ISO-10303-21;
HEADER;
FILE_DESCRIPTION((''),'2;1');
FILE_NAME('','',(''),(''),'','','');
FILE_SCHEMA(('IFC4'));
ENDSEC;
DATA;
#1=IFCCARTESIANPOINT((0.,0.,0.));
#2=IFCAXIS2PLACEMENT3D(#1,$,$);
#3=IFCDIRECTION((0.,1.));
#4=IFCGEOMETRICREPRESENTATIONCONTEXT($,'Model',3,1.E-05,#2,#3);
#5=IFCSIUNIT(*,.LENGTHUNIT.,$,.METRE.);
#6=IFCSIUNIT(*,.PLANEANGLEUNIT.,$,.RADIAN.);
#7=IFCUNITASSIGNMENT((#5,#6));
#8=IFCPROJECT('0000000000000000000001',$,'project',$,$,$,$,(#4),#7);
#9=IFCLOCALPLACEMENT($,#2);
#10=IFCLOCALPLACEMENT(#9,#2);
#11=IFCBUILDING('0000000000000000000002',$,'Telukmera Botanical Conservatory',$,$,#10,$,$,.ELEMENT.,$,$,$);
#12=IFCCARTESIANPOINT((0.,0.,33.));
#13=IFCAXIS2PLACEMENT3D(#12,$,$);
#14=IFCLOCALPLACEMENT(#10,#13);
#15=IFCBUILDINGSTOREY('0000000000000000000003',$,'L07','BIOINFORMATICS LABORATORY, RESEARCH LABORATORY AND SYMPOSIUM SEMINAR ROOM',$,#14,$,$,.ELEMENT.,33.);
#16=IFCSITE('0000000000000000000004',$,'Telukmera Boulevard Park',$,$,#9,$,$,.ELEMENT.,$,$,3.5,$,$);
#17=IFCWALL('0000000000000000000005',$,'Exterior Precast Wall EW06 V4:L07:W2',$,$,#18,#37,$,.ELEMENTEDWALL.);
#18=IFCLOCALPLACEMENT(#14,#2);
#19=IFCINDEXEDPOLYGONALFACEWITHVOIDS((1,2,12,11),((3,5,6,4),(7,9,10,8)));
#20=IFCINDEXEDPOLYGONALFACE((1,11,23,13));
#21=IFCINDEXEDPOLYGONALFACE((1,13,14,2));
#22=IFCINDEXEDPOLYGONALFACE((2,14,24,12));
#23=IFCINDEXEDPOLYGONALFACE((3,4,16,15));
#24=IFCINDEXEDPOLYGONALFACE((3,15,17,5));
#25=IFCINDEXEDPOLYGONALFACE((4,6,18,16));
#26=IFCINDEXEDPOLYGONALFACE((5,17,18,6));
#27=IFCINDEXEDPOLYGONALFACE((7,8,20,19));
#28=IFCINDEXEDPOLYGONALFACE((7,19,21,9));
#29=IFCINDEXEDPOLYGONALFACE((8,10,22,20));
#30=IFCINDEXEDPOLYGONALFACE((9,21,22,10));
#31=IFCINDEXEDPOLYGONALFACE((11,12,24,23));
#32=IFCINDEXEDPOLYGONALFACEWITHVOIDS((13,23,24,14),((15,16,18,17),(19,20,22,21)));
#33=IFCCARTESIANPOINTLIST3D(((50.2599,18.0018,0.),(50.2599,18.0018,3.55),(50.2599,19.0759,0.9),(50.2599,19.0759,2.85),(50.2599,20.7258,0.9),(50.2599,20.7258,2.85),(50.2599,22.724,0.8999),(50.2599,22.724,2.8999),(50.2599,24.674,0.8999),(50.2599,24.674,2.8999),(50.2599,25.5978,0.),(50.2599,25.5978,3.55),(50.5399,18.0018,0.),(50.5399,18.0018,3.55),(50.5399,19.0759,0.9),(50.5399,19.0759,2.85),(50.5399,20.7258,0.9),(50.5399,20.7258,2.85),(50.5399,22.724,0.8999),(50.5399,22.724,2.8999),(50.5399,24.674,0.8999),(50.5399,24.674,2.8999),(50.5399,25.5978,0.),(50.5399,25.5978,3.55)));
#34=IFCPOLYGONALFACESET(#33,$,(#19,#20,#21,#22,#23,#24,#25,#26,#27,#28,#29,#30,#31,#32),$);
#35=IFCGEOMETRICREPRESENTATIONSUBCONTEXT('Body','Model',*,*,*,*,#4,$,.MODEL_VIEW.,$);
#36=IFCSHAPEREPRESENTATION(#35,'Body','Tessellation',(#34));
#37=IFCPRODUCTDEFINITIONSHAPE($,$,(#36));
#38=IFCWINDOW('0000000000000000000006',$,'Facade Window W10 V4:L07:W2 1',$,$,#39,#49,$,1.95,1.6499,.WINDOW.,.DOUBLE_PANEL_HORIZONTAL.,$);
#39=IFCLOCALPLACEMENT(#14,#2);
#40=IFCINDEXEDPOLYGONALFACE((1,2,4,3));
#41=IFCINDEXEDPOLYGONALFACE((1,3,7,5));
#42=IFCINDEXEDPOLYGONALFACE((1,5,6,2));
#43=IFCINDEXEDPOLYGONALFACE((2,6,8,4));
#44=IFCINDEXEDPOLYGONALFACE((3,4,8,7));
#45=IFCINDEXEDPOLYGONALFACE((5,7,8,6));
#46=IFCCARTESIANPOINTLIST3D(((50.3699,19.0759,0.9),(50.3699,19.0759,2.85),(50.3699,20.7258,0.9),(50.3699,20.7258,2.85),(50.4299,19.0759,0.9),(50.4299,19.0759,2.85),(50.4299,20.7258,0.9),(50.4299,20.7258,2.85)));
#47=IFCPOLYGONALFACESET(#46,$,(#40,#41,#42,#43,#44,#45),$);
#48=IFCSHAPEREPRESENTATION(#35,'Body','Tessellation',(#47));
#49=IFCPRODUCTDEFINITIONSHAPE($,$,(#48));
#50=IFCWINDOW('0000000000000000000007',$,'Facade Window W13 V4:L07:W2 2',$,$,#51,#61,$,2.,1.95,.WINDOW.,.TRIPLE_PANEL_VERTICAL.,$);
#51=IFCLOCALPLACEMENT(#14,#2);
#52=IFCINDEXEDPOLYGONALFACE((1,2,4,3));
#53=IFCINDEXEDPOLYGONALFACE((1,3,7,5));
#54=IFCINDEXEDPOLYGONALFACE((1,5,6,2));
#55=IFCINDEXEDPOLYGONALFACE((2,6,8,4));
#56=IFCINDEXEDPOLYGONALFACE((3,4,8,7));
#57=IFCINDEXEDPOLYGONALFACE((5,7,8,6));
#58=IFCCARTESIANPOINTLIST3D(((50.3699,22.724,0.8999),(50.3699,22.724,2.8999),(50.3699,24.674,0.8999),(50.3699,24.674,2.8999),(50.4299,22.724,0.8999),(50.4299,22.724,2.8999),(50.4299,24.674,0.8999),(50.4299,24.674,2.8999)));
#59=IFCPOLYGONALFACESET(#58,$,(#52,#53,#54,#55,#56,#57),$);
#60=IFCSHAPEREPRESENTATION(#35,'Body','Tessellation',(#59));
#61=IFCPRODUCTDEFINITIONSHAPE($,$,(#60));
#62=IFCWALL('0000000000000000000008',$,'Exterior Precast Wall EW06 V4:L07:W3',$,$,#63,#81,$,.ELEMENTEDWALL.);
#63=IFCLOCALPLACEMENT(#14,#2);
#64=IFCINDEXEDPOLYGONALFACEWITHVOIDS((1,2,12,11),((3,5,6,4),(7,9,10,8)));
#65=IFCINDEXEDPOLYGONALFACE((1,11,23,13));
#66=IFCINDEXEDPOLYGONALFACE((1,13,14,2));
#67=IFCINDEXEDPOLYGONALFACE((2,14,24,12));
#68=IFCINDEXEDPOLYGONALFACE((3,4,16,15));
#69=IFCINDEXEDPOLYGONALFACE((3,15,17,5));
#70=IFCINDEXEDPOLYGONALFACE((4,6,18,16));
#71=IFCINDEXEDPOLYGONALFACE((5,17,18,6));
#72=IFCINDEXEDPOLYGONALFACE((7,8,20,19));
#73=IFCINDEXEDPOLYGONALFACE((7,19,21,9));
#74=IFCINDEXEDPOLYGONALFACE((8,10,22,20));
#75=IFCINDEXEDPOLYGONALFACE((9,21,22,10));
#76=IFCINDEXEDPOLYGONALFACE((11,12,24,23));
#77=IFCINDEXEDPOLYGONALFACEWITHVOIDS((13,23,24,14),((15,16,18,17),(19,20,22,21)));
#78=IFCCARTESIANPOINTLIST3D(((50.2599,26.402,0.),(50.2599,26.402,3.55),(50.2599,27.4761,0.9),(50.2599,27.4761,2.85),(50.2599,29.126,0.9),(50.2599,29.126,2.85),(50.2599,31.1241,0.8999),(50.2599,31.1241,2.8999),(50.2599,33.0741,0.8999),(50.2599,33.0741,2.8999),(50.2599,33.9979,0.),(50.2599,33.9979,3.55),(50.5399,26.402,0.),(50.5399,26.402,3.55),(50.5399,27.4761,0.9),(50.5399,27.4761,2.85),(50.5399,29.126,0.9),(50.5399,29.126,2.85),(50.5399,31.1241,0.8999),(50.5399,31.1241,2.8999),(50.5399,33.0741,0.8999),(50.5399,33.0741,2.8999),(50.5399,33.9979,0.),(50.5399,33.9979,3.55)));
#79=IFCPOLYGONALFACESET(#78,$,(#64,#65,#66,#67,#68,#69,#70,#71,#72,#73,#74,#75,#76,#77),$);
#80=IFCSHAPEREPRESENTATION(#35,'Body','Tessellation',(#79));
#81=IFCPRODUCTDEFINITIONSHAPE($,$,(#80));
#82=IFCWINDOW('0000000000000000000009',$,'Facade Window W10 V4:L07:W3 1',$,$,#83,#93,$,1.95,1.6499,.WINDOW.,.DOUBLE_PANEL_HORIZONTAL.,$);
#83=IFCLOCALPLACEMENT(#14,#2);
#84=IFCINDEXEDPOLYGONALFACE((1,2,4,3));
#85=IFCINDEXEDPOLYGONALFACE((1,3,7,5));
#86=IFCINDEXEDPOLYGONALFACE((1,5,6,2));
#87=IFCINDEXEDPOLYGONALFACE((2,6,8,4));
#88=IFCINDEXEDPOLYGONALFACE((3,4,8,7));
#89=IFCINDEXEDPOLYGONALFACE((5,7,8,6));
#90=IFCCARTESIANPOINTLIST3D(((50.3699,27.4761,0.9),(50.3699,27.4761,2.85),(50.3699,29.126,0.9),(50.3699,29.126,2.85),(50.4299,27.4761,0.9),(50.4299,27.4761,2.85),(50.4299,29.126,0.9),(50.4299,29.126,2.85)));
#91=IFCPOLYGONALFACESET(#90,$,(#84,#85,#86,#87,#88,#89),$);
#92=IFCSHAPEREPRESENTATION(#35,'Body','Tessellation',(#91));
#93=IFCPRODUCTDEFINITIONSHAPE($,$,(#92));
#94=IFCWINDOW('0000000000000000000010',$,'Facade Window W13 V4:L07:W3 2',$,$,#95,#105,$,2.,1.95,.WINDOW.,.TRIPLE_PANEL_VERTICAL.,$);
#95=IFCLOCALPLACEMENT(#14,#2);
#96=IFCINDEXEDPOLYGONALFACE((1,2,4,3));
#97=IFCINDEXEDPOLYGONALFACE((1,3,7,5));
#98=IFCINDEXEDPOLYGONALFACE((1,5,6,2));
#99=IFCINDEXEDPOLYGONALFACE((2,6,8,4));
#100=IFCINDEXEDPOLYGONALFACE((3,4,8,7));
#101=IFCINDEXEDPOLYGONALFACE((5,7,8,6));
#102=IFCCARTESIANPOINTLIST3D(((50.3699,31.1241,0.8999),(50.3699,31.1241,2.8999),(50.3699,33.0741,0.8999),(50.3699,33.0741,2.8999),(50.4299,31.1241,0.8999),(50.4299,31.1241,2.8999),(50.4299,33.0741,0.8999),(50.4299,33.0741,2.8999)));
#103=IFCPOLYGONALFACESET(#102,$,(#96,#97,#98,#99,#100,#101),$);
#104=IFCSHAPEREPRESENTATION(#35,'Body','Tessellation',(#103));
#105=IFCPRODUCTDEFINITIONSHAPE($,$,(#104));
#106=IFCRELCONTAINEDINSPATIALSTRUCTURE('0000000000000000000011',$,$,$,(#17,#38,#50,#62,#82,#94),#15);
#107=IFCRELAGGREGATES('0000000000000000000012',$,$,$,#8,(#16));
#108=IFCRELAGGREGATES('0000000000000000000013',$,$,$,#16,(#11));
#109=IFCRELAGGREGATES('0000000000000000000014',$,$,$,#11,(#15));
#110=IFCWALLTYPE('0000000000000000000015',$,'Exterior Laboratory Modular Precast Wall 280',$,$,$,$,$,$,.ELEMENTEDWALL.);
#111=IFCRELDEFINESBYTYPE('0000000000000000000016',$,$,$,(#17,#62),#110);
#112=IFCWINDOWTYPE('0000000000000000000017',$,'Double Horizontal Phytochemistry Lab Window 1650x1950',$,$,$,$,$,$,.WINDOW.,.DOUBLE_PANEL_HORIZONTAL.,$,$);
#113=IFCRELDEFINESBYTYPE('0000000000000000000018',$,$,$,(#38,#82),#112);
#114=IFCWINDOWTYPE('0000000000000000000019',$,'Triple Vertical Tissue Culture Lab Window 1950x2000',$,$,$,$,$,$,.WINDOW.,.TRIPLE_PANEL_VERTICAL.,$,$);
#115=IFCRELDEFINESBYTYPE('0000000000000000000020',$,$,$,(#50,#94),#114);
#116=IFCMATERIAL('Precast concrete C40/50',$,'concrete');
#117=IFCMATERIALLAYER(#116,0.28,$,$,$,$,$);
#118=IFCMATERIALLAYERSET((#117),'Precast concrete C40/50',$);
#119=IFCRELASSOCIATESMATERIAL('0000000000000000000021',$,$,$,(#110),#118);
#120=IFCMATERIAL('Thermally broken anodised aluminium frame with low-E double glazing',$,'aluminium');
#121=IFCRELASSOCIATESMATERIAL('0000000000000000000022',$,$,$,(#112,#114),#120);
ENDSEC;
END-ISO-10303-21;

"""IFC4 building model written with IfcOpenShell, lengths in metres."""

from ifc_helpers import new_model, si_unit, direction, frame, frame_2d, origin, place, context, subcontext, project, spatial, rectangle, extrude, material, layer, layer_set, type_object, element, fill, save


model = new_model("IFC4")

# Units and contexts
model_context = context("Model", 3, precision=1e-05, world=origin(), true_north=direction((0.0, 1.0)))
body_context = subcontext(model_context, "Body", "Model", "MODEL_VIEW")
ifc_project = project(units=[si_unit("LENGTHUNIT", "METRE"), si_unit("PLANEANGLEUNIT", "RADIAN")], contexts=[model_context])

# Site, building, storey
site_placement = place(None, origin())
site = spatial("IfcSite", under=ifc_project, at=site_placement, Name="Telukmera Boulevard Park", CompositionType="ELEMENT", RefElevation=3.5)
building_placement = place(site_placement, origin())
building = spatial("IfcBuilding", under=site, at=building_placement, Name="Telukmera Botanical Conservatory", CompositionType="ELEMENT")
storey_placement = place(building_placement, frame((0.0, 0.0, 33.0)))
storey = spatial("IfcBuildingStorey", under=building, at=storey_placement, Name="L07", Description="BIOINFORMATICS LABORATORY, RESEARCH LABORATORY AND SYMPOSIUM SEMINAR ROOM", CompositionType="ELEMENT", Elevation=33.0)

# Shared definitions
ifc_material_1 = material(Name="Precast concrete C40/50", Category="concrete")

# Walls, openings, windows
ifc_layer_1 = layer(ifc_material_1, 0.28)
ifc_layer_set_1 = layer_set([ifc_layer_1], Name="Precast concrete C40/50")
wall_type = type_object("IfcWallType", Name="Exterior Laboratory Modular Precast Wall 280", PredefinedType="ELEMENTEDWALL", material=ifc_layer_set_1)
wall_1_placement = place(storey_placement, frame((50.3999, 18.002, 0.0), z_axis=(0.0, 0.0, 1.0), x_axis=(0.0, 1.0, 0.0)))
wall_1 = element("IfcWall", 1, at=wall_1_placement, inside=storey, type_object=wall_type, Name="Exterior Precast Wall EW06 V4:L07:W2", PredefinedType="ELEMENTEDWALL", context=body_context, shape_type="SweptSolid", body=[
    extrude(rectangle(XDim=7.5959, YDim=0.28, at=frame_2d((3.7979, 0.0))), origin(), (0.0, 0.0, 1.0), 3.55),
])
opening_1_placement = place(wall_1_placement, frame((1.074, 0.0, 0.8999)))
opening_1 = element("IfcOpeningElement", 2, at=opening_1_placement, cuts=wall_1, PredefinedType="OPENING", context=body_context, shape_type="SweptSolid", body=[
    extrude(rectangle(XDim=1.6499, YDim=1.95, at=frame_2d((0.825, 0.9751))), frame((0.0, 0.1499, 0.0), z_axis=(0.0, -1.0, 0.0), x_axis=(1.0, 0.0, 0.0)), (0.0, 0.0, 1.0), 0.3),
])
opening_2_placement = place(wall_1_placement, frame((4.7219, 0.0, 0.8999)))
opening_2 = element("IfcOpeningElement", 3, at=opening_2_placement, cuts=wall_1, PredefinedType="OPENING", context=body_context, shape_type="SweptSolid", body=[
    extrude(rectangle(XDim=1.95, YDim=2.0, at=frame_2d((0.9751, 1.0))), frame((0.0, 0.1499, 0.0), z_axis=(0.0, -1.0, 0.0), x_axis=(1.0, 0.0, 0.0)), (0.0, 0.0, 1.0), 0.3),
])
ifc_material_2 = material(Name="Thermally broken anodised aluminium frame with low-E double glazing", Category="aluminium")
window_type_1 = type_object("IfcWindowType", Name="Double Horizontal Phytochemistry Lab Window 1650x1950", PartitioningType="DOUBLE_PANEL_HORIZONTAL", PredefinedType="WINDOW", material=ifc_material_2)
window_1_placement = place(opening_1_placement, origin())
window_1 = element("IfcWindow", 4, at=window_1_placement, inside=storey, type_object=window_type_1, Name="Facade Window W10 V4:L07:W2 1", OverallHeight=1.95, OverallWidth=1.6499, PartitioningType="DOUBLE_PANEL_HORIZONTAL", PredefinedType="WINDOW", context=body_context, shape_type="SweptSolid", body=[
    extrude(rectangle(XDim=1.6499, YDim=1.95, at=frame_2d((0.825, 0.9751))), frame((0.0, 0.03, 0.0), z_axis=(0.0, -1.0, 0.0), x_axis=(1.0, 0.0, 0.0)), (0.0, 0.0, 1.0), 0.0601),
])
fill(opening_1, window_1)
window_type_2 = type_object("IfcWindowType", Name="Triple Vertical Tissue Culture Lab Window 1950x2000", PartitioningType="TRIPLE_PANEL_VERTICAL", PredefinedType="WINDOW", material=ifc_material_2)
window_2_placement = place(opening_2_placement, origin())
window_2 = element("IfcWindow", 5, at=window_2_placement, inside=storey, type_object=window_type_2, Name="Facade Window W13 V4:L07:W2 2", OverallHeight=2.0, OverallWidth=1.95, PartitioningType="TRIPLE_PANEL_VERTICAL", PredefinedType="WINDOW", context=body_context, shape_type="SweptSolid", body=[
    extrude(rectangle(XDim=1.95, YDim=2.0, at=frame_2d((0.9751, 1.0))), frame((0.0, 0.03, 0.0), z_axis=(0.0, -1.0, 0.0), x_axis=(1.0, 0.0, 0.0)), (0.0, 0.0, 1.0), 0.0601),
])
fill(opening_2, window_2)
wall_2_placement = place(storey_placement, frame((50.3999, 26.4021, 0.0), z_axis=(0.0, 0.0, 1.0), x_axis=(0.0, 1.0, 0.0)))
wall_2 = element("IfcWall", 6, at=wall_2_placement, inside=storey, type_object=wall_type, Name="Exterior Precast Wall EW06 V4:L07:W3", PredefinedType="ELEMENTEDWALL", context=body_context, shape_type="SweptSolid", body=[
    extrude(rectangle(XDim=7.5959, YDim=0.28, at=frame_2d((3.7979, 0.0))), origin(), (0.0, 0.0, 1.0), 3.55),
])
opening_3_placement = place(wall_2_placement, frame((1.074, 0.0, 0.8999)))
opening_3 = element("IfcOpeningElement", 7, at=opening_3_placement, cuts=wall_2, PredefinedType="OPENING", context=body_context, shape_type="SweptSolid", body=[
    extrude(rectangle(XDim=1.6499, YDim=1.95, at=frame_2d((0.825, 0.9751))), frame((0.0, 0.1499, 0.0), z_axis=(0.0, -1.0, 0.0), x_axis=(1.0, 0.0, 0.0)), (0.0, 0.0, 1.0), 0.3),
])
opening_4_placement = place(wall_2_placement, frame((4.7219, 0.0, 0.8999)))
opening_4 = element("IfcOpeningElement", 8, at=opening_4_placement, cuts=wall_2, PredefinedType="OPENING", context=body_context, shape_type="SweptSolid", body=[
    extrude(rectangle(XDim=1.95, YDim=2.0, at=frame_2d((0.9751, 1.0))), frame((0.0, 0.1499, 0.0), z_axis=(0.0, -1.0, 0.0), x_axis=(1.0, 0.0, 0.0)), (0.0, 0.0, 1.0), 0.3),
])
window_3_placement = place(opening_3_placement, origin())
window_3 = element("IfcWindow", 9, at=window_3_placement, inside=storey, type_object=window_type_1, Name="Facade Window W10 V4:L07:W3 1", OverallHeight=1.95, OverallWidth=1.6499, PartitioningType="DOUBLE_PANEL_HORIZONTAL", PredefinedType="WINDOW", context=body_context, shape_type="SweptSolid", body=[
    extrude(rectangle(XDim=1.6499, YDim=1.95, at=frame_2d((0.825, 0.9751))), frame((0.0, 0.03, 0.0), z_axis=(0.0, -1.0, 0.0), x_axis=(1.0, 0.0, 0.0)), (0.0, 0.0, 1.0), 0.0601),
])
fill(opening_3, window_3)
window_4_placement = place(opening_4_placement, origin())
window_4 = element("IfcWindow", 10, at=window_4_placement, inside=storey, type_object=window_type_2, Name="Facade Window W13 V4:L07:W3 2", OverallHeight=2.0, OverallWidth=1.95, PartitioningType="TRIPLE_PANEL_VERTICAL", PredefinedType="WINDOW", context=body_context, shape_type="SweptSolid", body=[
    extrude(rectangle(XDim=1.95, YDim=2.0, at=frame_2d((0.9751, 1.0))), frame((0.0, 0.03, 0.0), z_axis=(0.0, -1.0, 0.0), x_axis=(1.0, 0.0, 0.0)), (0.0, 0.0, 1.0), 0.0601),
])
fill(opening_4, window_4)

save(model, "model.ifc")
